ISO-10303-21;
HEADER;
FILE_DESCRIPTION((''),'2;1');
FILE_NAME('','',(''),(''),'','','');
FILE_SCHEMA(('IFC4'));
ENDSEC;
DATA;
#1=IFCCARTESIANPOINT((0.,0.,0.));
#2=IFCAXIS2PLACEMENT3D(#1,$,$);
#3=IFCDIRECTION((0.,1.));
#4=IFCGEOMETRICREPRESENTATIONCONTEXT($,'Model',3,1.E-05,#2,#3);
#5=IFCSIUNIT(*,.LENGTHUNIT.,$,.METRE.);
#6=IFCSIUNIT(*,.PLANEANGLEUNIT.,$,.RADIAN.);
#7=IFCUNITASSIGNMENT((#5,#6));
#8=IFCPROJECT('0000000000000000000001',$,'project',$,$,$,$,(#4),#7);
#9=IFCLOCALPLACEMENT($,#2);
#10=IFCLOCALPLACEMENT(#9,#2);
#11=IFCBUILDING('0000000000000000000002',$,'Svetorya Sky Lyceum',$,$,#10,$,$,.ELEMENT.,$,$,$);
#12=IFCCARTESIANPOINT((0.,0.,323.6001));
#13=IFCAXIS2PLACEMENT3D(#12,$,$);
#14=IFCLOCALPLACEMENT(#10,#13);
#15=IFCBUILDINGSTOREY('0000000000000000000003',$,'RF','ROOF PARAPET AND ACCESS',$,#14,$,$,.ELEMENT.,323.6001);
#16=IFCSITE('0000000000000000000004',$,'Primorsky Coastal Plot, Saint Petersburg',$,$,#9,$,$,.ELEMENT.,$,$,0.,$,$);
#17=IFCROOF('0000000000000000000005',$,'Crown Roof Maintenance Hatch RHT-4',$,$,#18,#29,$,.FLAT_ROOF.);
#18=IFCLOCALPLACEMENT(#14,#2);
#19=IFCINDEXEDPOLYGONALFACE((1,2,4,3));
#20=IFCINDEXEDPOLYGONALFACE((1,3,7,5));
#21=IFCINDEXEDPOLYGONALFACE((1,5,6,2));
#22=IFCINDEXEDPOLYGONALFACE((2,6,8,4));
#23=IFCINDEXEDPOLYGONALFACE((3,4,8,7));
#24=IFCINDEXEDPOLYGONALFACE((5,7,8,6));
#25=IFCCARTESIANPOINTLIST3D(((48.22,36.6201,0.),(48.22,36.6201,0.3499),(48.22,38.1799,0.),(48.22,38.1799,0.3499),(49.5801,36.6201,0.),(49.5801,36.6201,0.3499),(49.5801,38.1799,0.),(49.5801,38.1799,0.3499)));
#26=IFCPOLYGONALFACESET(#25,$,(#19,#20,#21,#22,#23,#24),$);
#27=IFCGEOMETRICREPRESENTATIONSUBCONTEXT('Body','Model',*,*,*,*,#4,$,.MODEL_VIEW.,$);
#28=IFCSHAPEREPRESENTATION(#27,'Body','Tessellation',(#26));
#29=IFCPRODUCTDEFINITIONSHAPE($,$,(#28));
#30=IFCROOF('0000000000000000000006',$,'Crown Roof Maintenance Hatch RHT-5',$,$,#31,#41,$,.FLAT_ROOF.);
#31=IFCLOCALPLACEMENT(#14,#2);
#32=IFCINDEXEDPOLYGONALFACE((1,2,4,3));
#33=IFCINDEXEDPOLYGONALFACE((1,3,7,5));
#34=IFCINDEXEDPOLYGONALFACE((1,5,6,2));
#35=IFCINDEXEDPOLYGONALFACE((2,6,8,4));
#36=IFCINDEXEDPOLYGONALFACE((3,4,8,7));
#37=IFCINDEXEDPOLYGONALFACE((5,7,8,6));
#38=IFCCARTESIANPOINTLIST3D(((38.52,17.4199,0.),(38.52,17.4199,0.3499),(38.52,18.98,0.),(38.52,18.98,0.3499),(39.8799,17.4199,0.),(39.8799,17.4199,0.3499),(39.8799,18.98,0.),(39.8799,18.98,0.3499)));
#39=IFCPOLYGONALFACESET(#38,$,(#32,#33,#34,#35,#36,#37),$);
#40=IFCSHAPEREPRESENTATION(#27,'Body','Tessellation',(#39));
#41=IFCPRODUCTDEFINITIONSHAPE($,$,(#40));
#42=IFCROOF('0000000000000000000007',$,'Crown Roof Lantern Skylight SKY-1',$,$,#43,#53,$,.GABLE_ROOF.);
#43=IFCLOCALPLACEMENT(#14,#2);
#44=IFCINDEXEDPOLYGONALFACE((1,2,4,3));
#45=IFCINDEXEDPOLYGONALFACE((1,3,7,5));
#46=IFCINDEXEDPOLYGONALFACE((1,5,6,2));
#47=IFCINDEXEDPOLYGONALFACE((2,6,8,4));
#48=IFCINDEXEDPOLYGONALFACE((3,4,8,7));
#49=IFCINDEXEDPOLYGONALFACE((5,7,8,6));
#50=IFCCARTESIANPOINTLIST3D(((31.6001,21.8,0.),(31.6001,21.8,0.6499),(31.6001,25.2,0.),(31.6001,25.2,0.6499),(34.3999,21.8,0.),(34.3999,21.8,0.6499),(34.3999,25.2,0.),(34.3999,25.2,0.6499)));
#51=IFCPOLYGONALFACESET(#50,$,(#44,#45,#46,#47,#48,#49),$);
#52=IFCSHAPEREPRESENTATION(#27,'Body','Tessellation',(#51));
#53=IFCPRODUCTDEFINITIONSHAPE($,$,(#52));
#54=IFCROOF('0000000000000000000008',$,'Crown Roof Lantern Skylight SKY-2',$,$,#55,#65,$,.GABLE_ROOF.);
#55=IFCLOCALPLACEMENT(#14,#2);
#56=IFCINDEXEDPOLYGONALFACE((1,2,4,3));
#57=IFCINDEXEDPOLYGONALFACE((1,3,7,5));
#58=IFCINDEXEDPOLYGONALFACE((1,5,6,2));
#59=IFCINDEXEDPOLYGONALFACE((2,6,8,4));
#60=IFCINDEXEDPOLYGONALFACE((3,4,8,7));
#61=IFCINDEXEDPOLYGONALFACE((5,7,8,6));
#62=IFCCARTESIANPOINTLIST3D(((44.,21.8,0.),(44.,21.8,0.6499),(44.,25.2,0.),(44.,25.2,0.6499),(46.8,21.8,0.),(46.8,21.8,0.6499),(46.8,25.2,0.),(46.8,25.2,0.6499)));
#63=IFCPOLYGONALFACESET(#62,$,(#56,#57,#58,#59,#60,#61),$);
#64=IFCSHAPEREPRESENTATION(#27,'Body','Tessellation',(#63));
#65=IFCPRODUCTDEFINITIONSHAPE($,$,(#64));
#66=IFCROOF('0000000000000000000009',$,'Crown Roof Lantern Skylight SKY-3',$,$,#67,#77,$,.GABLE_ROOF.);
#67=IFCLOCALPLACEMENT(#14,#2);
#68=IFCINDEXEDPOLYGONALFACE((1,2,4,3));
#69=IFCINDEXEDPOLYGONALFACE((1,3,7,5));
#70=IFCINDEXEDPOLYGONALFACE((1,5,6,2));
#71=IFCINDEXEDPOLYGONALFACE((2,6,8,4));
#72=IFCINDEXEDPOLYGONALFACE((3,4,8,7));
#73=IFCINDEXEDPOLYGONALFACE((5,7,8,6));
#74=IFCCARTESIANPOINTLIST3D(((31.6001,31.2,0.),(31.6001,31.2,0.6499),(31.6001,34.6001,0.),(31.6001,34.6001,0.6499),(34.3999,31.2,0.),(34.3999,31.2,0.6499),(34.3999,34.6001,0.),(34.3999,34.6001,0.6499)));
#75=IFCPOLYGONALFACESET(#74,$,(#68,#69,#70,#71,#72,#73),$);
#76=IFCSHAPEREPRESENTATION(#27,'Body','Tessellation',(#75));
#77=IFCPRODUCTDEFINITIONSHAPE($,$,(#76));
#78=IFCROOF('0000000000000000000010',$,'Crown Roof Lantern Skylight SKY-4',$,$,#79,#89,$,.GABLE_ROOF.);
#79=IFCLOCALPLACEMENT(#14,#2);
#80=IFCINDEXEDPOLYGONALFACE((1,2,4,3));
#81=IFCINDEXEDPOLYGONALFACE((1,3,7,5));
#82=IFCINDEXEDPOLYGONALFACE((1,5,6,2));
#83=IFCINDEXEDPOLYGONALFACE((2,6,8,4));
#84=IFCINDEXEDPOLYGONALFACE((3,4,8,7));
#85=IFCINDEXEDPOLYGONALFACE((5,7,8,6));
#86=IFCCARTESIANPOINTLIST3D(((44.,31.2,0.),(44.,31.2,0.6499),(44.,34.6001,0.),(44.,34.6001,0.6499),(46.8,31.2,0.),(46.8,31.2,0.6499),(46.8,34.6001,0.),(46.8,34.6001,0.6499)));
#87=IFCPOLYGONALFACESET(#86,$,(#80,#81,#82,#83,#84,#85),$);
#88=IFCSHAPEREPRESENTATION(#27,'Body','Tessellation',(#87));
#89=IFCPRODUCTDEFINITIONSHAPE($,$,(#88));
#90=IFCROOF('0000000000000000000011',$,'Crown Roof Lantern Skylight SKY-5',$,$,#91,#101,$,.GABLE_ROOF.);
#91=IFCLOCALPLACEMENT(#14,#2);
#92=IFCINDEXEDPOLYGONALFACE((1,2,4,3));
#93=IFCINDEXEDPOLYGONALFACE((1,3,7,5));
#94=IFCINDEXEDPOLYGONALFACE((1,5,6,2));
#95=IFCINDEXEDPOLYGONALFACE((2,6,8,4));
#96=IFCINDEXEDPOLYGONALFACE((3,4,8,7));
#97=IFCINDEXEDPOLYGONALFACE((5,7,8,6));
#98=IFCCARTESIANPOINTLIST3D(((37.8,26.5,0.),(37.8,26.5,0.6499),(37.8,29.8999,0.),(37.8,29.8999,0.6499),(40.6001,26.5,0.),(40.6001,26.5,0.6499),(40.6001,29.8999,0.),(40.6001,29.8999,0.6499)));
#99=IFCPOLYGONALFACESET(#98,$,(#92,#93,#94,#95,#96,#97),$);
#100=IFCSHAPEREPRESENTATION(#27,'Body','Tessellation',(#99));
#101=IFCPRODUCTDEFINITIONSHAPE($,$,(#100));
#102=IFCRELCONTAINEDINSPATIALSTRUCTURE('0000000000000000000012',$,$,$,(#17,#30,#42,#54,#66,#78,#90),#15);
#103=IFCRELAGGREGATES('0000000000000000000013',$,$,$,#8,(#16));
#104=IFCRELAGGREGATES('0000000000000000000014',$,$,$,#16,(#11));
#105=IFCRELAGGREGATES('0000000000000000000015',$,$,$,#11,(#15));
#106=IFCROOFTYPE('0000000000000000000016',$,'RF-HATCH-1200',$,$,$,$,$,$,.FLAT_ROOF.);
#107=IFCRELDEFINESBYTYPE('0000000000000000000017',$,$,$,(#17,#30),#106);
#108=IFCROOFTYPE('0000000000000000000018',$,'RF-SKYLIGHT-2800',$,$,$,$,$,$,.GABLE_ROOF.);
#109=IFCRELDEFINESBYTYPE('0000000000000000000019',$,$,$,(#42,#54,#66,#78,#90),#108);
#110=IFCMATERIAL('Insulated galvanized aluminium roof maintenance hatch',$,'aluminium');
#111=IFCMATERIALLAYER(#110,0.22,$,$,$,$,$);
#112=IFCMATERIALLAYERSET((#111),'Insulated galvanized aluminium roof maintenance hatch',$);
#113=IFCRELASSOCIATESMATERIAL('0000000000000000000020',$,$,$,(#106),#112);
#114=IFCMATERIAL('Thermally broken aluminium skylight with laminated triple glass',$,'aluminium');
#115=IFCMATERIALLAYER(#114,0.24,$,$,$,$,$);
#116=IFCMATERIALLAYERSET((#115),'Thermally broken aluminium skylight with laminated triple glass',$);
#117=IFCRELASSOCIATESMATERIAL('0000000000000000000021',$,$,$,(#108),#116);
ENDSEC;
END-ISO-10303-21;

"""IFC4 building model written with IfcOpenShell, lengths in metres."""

from ifc_helpers import new_model, si_unit, direction, frame, origin, place, context, subcontext, project, spatial, polyline, outline, extrude, material, layer, layer_set, type_object, element, save


model = new_model("IFC4")

# Units and contexts
model_context = context("Model", 3, precision=1e-05, world=origin(), true_north=direction((0.0, 1.0)))
body_context = subcontext(model_context, "Body", "Model", "MODEL_VIEW")
ifc_project = project(units=[si_unit("LENGTHUNIT", "METRE"), si_unit("PLANEANGLEUNIT", "RADIAN")], contexts=[model_context])

# Site, building, storey
site_placement = place(None, origin())
site = spatial("IfcSite", under=ifc_project, at=site_placement, Name="Primorsky Coastal Plot, Saint Petersburg", CompositionType="ELEMENT", RefElevation=0.0)
building_placement = place(site_placement, origin())
building = spatial("IfcBuilding", under=site, at=building_placement, Name="Svetorya Sky Lyceum", CompositionType="ELEMENT")
storey_placement = place(building_placement, frame((0.0, 0.0, 323.6001)))
storey = spatial("IfcBuildingStorey", under=building, at=storey_placement, Name="RF", Description="ROOF PARAPET AND ACCESS", CompositionType="ELEMENT", Elevation=323.6001)

# Roofs
ifc_material_1 = material(Name="Insulated galvanized aluminium roof maintenance hatch", Category="aluminium")
ifc_layer_1 = layer(ifc_material_1, 0.22)
ifc_layer_set_1 = layer_set([ifc_layer_1], Name="Insulated galvanized aluminium roof maintenance hatch")
roof_type_1 = type_object("IfcRoofType", Name="RF-HATCH-1200", PredefinedType="FLAT_ROOF", material=ifc_layer_set_1)
roof_1_placement = place(storey_placement, origin())
element("IfcRoof", 1, at=roof_1_placement, inside=storey, type_object=roof_type_1, Name="Crown Roof Maintenance Hatch RHT-4", PredefinedType="FLAT_ROOF", context=body_context, shape_type="SweptSolid", body=[
    extrude(outline(polyline([(48.22, 36.6201), (49.5801, 36.6201), (49.5801, 38.1799), (48.22, 38.1799), (48.22, 36.6201)])), origin(), (0.0, 0.0, 1.0), 0.3499),
])
roof_2_placement = place(storey_placement, origin())
element("IfcRoof", 2, at=roof_2_placement, inside=storey, type_object=roof_type_1, Name="Crown Roof Maintenance Hatch RHT-5", PredefinedType="FLAT_ROOF", context=body_context, shape_type="SweptSolid", body=[
    extrude(outline(polyline([(38.52, 17.4199), (39.8799, 17.4199), (39.8799, 18.98), (38.52, 18.98), (38.52, 17.4199)])), origin(), (0.0, 0.0, 1.0), 0.3499),
])
ifc_material_2 = material(Name="Thermally broken aluminium skylight with laminated triple glass", Category="aluminium")
ifc_layer_2 = layer(ifc_material_2, 0.24)
ifc_layer_set_2 = layer_set([ifc_layer_2], Name="Thermally broken aluminium skylight with laminated triple glass")
roof_type_2 = type_object("IfcRoofType", Name="RF-SKYLIGHT-2800", PredefinedType="GABLE_ROOF", material=ifc_layer_set_2)
roof_3_placement = place(storey_placement, origin())
element("IfcRoof", 3, at=roof_3_placement, inside=storey, type_object=roof_type_2, Name="Crown Roof Lantern Skylight SKY-1", PredefinedType="GABLE_ROOF", context=body_context, shape_type="SweptSolid", body=[
    extrude(outline(polyline([(31.6001, 21.8), (34.3999, 21.8), (34.3999, 25.2), (31.6001, 25.2), (31.6001, 21.8)])), origin(), (0.0, 0.0, 1.0), 0.6499),
])
roof_4_placement = place(storey_placement, origin())
element("IfcRoof", 4, at=roof_4_placement, inside=storey, type_object=roof_type_2, Name="Crown Roof Lantern Skylight SKY-2", PredefinedType="GABLE_ROOF", context=body_context, shape_type="SweptSolid", body=[
    extrude(outline(polyline([(44.0, 21.8), (46.8, 21.8), (46.8, 25.2), (44.0, 25.2), (44.0, 21.8)])), origin(), (0.0, 0.0, 1.0), 0.6499),
])
roof_5_placement = place(storey_placement, origin())
element("IfcRoof", 5, at=roof_5_placement, inside=storey, type_object=roof_type_2, Name="Crown Roof Lantern Skylight SKY-3", PredefinedType="GABLE_ROOF", context=body_context, shape_type="SweptSolid", body=[
    extrude(outline(polyline([(31.6001, 31.2), (34.3999, 31.2), (34.3999, 34.6001), (31.6001, 34.6001), (31.6001, 31.2)])), origin(), (0.0, 0.0, 1.0), 0.6499),
])
roof_6_placement = place(storey_placement, origin())
element("IfcRoof", 6, at=roof_6_placement, inside=storey, type_object=roof_type_2, Name="Crown Roof Lantern Skylight SKY-4", PredefinedType="GABLE_ROOF", context=body_context, shape_type="SweptSolid", body=[
    extrude(outline(polyline([(44.0, 31.2), (46.8, 31.2), (46.8, 34.6001), (44.0, 34.6001), (44.0, 31.2)])), origin(), (0.0, 0.0, 1.0), 0.6499),
])
roof_7_placement = place(storey_placement, origin())
element("IfcRoof", 7, at=roof_7_placement, inside=storey, type_object=roof_type_2, Name="Crown Roof Lantern Skylight SKY-5", PredefinedType="GABLE_ROOF", context=body_context, shape_type="SweptSolid", body=[
    extrude(outline(polyline([(37.8, 26.5), (40.6001, 26.5), (40.6001, 29.8999), (37.8, 29.8999), (37.8, 26.5)])), origin(), (0.0, 0.0, 1.0), 0.6499),
])

save(model, "model.ifc")
